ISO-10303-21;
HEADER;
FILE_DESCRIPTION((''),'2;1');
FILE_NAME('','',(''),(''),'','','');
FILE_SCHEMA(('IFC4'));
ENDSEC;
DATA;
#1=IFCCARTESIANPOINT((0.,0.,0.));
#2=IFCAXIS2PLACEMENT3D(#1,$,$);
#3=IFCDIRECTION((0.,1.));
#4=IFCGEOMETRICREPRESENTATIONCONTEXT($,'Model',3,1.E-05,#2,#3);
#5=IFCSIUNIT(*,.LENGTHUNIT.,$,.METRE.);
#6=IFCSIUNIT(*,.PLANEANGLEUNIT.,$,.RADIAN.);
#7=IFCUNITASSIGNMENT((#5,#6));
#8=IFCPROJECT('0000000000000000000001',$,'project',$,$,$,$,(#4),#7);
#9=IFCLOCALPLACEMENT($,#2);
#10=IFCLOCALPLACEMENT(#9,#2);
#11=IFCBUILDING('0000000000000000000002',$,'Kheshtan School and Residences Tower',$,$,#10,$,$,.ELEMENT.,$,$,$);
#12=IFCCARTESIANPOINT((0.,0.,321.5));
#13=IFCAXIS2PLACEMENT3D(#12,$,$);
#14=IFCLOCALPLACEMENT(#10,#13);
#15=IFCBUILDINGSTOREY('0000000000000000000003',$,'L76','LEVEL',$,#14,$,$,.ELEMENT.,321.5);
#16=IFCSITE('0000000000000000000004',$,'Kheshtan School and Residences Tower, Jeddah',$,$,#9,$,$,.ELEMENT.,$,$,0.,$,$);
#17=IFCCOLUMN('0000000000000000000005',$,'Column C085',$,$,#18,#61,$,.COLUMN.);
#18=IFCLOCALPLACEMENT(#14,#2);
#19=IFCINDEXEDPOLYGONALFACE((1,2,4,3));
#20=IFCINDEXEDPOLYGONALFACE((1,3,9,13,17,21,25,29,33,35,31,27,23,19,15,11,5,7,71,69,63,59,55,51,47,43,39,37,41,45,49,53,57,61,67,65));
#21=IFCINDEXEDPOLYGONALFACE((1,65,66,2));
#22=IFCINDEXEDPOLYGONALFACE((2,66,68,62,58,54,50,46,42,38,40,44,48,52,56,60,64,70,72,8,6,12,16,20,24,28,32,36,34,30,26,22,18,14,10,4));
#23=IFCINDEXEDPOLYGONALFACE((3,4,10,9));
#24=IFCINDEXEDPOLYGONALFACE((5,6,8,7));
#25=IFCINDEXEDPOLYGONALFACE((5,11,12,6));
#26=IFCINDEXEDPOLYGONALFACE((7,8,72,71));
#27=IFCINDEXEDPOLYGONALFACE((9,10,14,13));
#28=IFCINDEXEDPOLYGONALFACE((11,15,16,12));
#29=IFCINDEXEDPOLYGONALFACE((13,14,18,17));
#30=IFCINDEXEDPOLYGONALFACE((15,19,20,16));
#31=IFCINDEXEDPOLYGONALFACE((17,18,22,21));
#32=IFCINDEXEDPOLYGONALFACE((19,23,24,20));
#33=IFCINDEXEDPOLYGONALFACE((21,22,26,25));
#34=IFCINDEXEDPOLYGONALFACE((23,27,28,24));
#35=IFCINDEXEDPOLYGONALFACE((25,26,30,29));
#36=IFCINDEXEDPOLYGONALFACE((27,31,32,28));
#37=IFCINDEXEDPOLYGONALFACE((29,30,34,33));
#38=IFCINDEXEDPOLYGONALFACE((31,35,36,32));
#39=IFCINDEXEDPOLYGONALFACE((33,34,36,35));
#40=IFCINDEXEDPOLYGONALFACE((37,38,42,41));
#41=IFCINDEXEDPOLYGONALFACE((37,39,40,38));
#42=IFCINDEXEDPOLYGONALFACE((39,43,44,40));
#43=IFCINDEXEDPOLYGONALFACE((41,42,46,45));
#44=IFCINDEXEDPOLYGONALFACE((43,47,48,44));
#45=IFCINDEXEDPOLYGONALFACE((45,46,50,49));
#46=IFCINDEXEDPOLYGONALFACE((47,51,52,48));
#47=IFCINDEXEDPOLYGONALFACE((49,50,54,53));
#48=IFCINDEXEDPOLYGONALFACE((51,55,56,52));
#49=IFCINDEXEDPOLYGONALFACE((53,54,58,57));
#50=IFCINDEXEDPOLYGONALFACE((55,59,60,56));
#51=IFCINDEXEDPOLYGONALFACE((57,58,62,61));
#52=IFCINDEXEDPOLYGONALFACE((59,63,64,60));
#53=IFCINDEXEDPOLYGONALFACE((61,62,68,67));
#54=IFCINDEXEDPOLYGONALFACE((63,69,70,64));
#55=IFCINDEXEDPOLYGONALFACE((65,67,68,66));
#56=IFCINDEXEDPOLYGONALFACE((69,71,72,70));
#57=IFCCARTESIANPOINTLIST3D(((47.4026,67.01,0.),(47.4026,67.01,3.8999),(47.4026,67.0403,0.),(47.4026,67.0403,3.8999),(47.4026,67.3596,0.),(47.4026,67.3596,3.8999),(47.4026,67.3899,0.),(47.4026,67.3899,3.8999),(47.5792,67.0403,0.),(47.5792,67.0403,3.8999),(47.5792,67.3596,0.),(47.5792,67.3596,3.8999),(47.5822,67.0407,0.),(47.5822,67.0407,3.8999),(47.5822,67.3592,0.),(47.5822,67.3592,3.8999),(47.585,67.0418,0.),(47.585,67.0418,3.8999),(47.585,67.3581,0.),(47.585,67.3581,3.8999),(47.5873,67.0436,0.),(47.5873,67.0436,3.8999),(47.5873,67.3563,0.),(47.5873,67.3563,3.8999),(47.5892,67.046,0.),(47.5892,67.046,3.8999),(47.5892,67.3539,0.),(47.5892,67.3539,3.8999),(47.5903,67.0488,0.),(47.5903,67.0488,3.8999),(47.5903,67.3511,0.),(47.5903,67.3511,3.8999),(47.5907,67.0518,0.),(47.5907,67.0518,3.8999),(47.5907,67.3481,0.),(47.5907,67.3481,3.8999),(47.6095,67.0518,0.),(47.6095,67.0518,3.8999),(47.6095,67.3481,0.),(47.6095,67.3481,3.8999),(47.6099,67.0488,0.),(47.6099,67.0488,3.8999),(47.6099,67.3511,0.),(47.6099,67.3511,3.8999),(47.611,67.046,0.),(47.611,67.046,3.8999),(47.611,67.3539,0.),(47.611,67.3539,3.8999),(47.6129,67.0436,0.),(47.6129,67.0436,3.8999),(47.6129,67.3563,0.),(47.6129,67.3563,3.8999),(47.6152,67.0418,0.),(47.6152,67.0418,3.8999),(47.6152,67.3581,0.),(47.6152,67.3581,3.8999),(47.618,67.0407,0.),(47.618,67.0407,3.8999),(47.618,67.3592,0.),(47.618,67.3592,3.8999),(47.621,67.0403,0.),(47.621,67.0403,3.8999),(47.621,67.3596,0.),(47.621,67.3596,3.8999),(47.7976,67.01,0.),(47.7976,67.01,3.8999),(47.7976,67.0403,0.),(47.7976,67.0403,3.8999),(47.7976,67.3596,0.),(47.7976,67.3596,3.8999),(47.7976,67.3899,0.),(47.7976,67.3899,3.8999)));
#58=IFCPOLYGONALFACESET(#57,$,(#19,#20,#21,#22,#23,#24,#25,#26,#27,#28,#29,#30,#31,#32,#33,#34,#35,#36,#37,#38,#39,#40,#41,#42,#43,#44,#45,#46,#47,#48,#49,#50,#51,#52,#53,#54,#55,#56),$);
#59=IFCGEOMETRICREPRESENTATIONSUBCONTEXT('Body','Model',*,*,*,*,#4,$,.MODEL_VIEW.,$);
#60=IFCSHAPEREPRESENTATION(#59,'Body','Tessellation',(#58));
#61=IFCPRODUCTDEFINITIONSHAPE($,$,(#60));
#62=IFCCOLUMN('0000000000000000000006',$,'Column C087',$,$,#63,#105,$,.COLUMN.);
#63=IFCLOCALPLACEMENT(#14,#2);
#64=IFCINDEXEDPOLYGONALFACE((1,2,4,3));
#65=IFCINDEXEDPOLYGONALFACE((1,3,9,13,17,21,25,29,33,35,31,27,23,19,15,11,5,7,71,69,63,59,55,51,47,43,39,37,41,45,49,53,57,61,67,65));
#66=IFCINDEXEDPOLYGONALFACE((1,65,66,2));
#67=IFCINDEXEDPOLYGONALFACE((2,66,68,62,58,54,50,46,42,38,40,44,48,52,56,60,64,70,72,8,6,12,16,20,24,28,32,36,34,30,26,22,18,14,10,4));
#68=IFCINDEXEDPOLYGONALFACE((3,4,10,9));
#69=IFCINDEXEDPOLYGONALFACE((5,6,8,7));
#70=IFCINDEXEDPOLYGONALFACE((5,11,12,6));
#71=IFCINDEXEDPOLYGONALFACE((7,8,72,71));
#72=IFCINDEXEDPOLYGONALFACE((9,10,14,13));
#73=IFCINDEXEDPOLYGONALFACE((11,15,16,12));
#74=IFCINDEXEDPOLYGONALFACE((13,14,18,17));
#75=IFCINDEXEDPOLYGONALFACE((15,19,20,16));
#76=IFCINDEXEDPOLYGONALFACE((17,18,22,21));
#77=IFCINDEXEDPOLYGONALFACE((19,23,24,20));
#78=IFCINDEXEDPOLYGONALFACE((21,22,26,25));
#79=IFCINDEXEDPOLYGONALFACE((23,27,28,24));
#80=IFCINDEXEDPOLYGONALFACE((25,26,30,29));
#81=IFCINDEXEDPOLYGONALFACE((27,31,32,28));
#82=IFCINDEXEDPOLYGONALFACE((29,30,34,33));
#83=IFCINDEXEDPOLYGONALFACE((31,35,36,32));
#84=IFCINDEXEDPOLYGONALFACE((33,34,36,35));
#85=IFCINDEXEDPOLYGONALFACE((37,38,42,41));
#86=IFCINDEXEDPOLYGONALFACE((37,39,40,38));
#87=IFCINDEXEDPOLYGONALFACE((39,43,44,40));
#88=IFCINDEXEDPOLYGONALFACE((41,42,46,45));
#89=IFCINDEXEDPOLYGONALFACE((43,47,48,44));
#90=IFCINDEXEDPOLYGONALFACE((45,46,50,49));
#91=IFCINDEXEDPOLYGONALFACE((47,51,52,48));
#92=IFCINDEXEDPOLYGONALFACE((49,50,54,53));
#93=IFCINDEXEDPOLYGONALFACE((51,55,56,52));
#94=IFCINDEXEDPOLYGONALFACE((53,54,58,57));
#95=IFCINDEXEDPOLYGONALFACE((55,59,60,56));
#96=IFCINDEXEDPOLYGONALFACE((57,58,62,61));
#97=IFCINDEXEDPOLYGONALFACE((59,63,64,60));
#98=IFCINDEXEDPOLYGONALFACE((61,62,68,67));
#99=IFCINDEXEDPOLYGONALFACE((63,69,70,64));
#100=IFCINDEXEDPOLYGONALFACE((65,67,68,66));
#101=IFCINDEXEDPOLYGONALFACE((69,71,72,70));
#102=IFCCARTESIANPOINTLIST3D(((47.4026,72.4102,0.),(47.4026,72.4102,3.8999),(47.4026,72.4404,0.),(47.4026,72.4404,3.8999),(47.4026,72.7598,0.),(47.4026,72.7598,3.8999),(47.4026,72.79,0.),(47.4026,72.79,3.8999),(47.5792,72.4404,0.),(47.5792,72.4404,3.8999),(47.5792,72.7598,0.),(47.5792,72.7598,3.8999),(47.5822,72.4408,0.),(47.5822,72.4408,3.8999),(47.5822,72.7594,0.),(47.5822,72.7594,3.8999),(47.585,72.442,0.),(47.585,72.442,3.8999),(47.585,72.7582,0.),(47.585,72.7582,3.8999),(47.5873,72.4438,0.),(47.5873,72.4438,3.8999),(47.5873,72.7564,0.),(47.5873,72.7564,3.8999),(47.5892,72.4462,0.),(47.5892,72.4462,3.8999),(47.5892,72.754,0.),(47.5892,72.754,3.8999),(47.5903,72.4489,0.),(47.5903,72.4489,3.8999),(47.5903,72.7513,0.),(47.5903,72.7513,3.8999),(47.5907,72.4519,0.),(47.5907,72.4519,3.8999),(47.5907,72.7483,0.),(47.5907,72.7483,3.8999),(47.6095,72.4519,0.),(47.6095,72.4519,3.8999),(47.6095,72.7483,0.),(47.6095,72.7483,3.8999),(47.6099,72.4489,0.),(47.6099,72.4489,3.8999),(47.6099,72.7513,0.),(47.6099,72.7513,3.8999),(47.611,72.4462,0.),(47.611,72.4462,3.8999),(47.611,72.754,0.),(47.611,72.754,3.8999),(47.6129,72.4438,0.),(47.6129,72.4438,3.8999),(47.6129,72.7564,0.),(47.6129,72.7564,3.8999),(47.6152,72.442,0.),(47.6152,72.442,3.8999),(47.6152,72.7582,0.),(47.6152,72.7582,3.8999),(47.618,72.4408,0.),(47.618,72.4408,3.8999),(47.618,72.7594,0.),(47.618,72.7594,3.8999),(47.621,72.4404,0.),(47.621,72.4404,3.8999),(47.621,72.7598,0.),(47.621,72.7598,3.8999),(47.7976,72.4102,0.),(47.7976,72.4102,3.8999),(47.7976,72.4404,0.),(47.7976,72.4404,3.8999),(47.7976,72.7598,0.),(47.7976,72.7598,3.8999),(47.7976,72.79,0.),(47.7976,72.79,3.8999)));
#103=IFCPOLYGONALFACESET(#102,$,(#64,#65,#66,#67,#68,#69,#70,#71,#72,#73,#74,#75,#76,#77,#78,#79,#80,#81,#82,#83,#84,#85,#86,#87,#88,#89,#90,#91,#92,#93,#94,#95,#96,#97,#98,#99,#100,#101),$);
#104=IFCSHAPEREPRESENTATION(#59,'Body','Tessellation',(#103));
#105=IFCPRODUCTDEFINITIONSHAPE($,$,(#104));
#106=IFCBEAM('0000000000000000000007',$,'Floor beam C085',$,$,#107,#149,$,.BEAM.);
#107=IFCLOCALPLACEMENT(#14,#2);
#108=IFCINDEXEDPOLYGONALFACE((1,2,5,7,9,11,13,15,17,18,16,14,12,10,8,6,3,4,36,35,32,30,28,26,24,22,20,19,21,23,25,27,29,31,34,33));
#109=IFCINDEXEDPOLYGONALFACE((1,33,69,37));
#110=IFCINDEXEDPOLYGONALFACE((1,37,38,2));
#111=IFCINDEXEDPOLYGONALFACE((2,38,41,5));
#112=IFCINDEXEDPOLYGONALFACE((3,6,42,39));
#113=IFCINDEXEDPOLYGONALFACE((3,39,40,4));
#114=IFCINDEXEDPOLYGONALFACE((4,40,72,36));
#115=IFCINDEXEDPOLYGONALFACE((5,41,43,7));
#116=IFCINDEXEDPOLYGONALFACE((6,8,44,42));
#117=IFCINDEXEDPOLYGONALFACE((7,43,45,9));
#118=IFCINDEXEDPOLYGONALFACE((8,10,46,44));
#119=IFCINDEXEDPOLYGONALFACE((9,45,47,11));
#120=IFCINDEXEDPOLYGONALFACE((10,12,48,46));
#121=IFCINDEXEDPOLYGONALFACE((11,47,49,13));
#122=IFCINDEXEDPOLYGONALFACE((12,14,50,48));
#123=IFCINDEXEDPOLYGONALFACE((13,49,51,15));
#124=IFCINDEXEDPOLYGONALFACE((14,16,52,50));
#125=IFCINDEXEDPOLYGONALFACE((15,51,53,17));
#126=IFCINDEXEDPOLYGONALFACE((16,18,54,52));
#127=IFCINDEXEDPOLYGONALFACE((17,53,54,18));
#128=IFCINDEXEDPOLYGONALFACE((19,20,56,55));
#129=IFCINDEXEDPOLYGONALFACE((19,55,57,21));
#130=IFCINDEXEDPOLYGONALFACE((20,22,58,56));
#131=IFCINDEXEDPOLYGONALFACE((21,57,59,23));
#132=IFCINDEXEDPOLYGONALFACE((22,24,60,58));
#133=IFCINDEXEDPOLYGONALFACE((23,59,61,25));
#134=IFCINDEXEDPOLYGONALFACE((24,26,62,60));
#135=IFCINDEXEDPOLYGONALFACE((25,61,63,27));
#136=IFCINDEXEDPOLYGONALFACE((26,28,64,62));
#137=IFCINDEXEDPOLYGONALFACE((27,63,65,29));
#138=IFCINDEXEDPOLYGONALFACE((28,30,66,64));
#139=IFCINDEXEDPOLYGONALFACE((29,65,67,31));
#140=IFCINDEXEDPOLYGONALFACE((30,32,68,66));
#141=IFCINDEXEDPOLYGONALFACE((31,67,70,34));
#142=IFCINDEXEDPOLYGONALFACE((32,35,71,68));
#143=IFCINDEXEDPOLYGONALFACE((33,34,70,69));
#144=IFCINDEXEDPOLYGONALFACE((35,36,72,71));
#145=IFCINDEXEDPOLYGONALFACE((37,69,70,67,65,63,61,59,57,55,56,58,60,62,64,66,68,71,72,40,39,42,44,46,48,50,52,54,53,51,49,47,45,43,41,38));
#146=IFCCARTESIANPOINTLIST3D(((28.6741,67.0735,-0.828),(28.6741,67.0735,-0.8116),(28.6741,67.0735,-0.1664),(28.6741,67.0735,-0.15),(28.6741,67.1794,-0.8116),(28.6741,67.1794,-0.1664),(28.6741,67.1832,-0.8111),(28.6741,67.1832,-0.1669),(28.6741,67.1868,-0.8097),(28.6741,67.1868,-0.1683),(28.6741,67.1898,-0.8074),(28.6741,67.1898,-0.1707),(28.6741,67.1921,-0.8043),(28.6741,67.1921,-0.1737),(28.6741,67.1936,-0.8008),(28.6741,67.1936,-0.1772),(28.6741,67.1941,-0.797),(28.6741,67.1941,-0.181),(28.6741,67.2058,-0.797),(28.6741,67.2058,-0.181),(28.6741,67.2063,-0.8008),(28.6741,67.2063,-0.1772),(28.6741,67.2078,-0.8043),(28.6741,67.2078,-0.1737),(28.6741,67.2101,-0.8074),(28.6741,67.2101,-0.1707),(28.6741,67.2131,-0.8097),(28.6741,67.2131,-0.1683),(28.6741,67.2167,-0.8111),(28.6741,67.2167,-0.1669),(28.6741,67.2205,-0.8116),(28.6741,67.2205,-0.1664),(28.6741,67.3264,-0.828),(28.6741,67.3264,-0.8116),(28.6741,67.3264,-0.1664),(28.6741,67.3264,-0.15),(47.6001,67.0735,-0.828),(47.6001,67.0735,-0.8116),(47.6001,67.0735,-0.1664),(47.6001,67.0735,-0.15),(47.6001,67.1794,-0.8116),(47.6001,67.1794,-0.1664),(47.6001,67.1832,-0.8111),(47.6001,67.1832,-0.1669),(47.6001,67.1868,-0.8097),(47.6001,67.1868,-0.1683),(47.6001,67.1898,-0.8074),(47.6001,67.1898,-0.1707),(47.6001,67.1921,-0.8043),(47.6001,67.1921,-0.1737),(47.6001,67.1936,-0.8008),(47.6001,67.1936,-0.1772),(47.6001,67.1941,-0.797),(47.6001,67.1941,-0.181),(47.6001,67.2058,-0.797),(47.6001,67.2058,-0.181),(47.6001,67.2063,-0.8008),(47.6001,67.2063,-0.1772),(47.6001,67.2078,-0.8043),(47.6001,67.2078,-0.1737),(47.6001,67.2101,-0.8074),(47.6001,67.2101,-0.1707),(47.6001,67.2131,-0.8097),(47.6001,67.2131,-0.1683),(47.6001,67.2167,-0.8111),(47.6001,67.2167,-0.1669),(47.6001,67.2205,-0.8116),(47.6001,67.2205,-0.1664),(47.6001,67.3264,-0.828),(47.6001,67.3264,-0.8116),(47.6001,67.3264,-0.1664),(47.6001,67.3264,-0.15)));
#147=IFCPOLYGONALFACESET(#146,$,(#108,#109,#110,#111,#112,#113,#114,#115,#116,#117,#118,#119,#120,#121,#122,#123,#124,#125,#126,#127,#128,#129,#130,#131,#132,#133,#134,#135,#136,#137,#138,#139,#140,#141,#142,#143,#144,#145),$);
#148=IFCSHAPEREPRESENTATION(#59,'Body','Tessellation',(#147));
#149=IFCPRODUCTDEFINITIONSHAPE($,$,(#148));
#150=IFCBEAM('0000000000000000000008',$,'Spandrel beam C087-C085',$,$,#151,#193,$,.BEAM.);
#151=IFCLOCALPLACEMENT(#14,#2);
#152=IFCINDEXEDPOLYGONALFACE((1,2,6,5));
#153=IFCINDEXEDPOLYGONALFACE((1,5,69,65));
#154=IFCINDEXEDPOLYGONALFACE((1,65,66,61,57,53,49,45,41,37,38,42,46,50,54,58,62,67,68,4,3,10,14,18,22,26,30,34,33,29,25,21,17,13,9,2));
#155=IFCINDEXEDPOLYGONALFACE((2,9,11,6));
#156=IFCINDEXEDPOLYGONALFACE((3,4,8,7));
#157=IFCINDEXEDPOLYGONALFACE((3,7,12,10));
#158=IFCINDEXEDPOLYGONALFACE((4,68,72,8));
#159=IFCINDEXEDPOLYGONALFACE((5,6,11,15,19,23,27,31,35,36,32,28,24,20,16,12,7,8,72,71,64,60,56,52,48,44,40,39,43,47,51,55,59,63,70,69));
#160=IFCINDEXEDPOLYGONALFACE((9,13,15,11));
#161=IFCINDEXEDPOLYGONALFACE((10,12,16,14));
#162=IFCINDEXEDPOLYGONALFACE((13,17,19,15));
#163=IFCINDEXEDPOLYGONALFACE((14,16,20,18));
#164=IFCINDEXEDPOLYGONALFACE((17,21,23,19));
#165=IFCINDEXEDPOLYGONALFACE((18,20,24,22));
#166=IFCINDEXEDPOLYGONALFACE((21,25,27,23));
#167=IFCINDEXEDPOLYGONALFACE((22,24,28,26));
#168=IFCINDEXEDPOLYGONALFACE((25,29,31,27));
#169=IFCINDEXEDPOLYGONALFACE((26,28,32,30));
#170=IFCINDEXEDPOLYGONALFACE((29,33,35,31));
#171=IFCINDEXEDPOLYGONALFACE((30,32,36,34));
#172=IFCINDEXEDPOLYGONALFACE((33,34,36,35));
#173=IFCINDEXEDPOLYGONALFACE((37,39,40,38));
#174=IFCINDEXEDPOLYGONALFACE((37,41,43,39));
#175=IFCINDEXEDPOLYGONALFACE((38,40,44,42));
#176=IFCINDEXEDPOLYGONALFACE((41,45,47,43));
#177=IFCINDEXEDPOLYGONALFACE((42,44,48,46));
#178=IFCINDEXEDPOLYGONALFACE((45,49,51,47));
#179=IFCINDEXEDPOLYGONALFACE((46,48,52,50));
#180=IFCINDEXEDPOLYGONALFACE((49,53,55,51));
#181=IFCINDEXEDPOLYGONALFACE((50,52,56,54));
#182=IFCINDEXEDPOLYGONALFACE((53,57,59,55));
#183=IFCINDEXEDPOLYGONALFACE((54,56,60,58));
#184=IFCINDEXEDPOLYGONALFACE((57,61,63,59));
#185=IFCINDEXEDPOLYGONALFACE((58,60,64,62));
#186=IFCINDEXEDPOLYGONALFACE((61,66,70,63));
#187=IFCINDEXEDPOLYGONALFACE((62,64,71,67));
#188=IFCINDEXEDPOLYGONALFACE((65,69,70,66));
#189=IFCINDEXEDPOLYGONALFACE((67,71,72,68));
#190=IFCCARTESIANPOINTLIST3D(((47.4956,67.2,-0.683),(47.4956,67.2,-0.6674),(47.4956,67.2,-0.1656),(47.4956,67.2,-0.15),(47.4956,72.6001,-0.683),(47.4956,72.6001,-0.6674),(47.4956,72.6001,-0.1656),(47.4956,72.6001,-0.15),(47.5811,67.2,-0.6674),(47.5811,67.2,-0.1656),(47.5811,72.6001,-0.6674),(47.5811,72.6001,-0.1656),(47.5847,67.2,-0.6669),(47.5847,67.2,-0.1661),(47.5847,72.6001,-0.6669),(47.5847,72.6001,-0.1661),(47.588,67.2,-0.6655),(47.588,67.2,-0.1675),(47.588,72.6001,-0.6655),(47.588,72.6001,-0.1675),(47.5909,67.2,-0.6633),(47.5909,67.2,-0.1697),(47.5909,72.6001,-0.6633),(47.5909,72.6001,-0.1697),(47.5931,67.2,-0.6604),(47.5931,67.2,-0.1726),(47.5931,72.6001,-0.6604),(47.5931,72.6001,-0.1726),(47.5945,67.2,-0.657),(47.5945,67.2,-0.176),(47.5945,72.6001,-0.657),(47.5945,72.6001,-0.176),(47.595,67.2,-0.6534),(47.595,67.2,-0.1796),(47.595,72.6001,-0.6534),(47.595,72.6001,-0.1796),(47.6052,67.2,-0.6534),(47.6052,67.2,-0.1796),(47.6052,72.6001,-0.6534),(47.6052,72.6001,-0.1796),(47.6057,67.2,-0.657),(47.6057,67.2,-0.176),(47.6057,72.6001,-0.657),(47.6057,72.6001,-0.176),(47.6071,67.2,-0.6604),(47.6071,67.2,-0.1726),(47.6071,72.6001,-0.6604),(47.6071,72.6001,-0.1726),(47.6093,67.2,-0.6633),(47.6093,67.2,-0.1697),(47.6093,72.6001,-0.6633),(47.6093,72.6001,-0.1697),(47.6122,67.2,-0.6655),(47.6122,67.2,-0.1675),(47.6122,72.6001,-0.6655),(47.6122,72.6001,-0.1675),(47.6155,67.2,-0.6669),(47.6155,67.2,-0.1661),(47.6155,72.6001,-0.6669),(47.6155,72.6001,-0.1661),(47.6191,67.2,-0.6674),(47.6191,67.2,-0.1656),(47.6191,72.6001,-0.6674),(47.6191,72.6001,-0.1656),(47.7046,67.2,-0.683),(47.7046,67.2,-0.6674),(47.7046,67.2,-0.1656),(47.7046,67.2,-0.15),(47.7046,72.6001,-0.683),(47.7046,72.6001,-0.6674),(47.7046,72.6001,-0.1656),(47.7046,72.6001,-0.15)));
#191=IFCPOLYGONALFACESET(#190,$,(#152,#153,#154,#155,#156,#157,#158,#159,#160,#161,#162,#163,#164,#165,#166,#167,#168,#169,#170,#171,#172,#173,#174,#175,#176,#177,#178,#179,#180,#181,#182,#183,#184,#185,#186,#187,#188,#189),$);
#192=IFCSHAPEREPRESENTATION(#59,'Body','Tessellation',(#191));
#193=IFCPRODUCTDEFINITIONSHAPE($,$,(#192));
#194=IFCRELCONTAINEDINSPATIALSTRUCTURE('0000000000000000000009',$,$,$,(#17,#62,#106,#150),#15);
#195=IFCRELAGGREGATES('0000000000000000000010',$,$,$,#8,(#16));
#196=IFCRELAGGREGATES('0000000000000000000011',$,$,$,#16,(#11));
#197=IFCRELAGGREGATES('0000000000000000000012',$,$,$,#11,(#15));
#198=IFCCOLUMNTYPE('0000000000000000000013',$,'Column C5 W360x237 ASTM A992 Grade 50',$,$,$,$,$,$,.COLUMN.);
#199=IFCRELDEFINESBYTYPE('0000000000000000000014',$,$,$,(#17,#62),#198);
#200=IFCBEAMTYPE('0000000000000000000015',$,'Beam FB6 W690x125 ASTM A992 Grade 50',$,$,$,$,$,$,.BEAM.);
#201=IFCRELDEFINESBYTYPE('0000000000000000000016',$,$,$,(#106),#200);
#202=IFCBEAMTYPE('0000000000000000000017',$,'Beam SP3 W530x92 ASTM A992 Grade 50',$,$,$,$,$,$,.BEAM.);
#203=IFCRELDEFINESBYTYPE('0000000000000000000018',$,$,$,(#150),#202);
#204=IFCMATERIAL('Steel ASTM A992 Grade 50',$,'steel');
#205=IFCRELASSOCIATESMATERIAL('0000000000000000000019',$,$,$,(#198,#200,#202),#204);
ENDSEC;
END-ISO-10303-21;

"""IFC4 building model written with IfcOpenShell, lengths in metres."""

from ifc_helpers import new_model, si_unit, direction, frame, origin, origin_2d, place, context, subcontext, project, spatial, i_section, extrude, material, material_profile, profile_set, type_object, element, save


model = new_model("IFC4")

# Units and contexts
model_context = context("Model", 3, precision=1e-05, world=origin(), true_north=direction((0.0, 1.0)))
body_context = subcontext(model_context, "Body", "Model", "MODEL_VIEW")
ifc_project = project(units=[si_unit("LENGTHUNIT", "METRE"), si_unit("PLANEANGLEUNIT", "RADIAN")], contexts=[model_context])

# Site, building, storey
site_placement = place(None, origin())
site = spatial("IfcSite", under=ifc_project, at=site_placement, Name="Kheshtan School and Residences Tower, Jeddah", CompositionType="ELEMENT", RefElevation=0.0)
building_placement = place(site_placement, origin())
building = spatial("IfcBuilding", under=site, at=building_placement, Name="Kheshtan School and Residences Tower", CompositionType="ELEMENT")
storey_placement = place(building_placement, frame((0.0, 0.0, 321.5)))
storey = spatial("IfcBuildingStorey", under=building, at=storey_placement, Name="L76", Description="LEVEL", CompositionType="ELEMENT", Elevation=321.5)

# Columns
ifc_material_1 = material(Name="Steel ASTM A992 Grade 50", Category="steel")
ifc_material_profile_1 = material_profile(ifc_material_1, i_section(OverallWidth=0.395, OverallDepth=0.3799, WebThickness=0.0188, FlangeThickness=0.0303, FilletRadius=0.0115, at=origin_2d()), Name="W360x237")
ifc_profile_set_1 = profile_set([ifc_material_profile_1], Name="Steel ASTM A992 Grade 50")
column_type = type_object("IfcColumnType", Name="Column C5 W360x237 ASTM A992 Grade 50", PredefinedType="COLUMN", material=ifc_profile_set_1)
for number, where, z_axis, x_axis, name in (
    (1, (47.6001, 67.2, 0.0), (0.0, 0.0, 1.0), (1.0, 0.0, 0.0), "Column C085"),
    (2, (47.6001, 72.6001, 0.0), (0.0, 0.0, 1.0), (1.0, 0.0, 0.0), "Column C087"),
):
    element("IfcColumn", number, at=place(storey_placement, frame(where, z_axis=z_axis, x_axis=x_axis)), inside=storey, type_object=column_type, Name=name, PredefinedType="COLUMN", context=body_context, shape_type="SweptSolid", body=[
        extrude(i_section(OverallWidth=0.395, OverallDepth=0.3799, WebThickness=0.0188, FlangeThickness=0.0303, FilletRadius=0.0115, at=origin_2d()), origin(), (0.0, 0.0, 1.0), 3.8999),
    ])

# Beams
ifc_material_profile_2 = material_profile(ifc_material_1, i_section(OverallWidth=0.2529, OverallDepth=0.678, WebThickness=0.0117, FlangeThickness=0.0164, FilletRadius=0.0146, at=origin_2d()), Name="W690x125")
ifc_profile_set_2 = profile_set([ifc_material_profile_2], Name="Steel ASTM A992 Grade 50")
beam_type_1 = type_object("IfcBeamType", Name="Beam FB6 W690x125 ASTM A992 Grade 50", PredefinedType="BEAM", material=ifc_profile_set_2)
beam_1_placement = place(storey_placement, frame((47.6001, 67.2, -0.489), z_axis=(-1.0, 0.0, 0.0), x_axis=(0.0, -1.0, 0.0)))
element("IfcBeam", 3, at=beam_1_placement, inside=storey, type_object=beam_type_1, Name="Floor beam C085", PredefinedType="BEAM", context=body_context, shape_type="SweptSolid", body=[
    extrude(i_section(OverallWidth=0.2529, OverallDepth=0.678, WebThickness=0.0117, FlangeThickness=0.0164, FilletRadius=0.0146, at=origin_2d()), origin(), (0.0, 0.0, 1.0), 18.926),
])
ifc_material_profile_3 = material_profile(ifc_material_1, i_section(OverallWidth=0.209, OverallDepth=0.533, WebThickness=0.0103, FlangeThickness=0.0156, FilletRadius=0.0139, at=origin_2d()), Name="W530x92")
ifc_profile_set_3 = profile_set([ifc_material_profile_3], Name="Steel ASTM A992 Grade 50")
beam_type_2 = type_object("IfcBeamType", Name="Beam SP3 W530x92 ASTM A992 Grade 50", PredefinedType="BEAM", material=ifc_profile_set_3)
beam_2_placement = place(storey_placement, frame((47.6001, 72.6001, -0.4165), z_axis=(0.0, -1.0, 0.0), x_axis=(1.0, 0.0, 0.0)))
element("IfcBeam", 4, at=beam_2_placement, inside=storey, type_object=beam_type_2, Name="Spandrel beam C087-C085", PredefinedType="BEAM", context=body_context, shape_type="SweptSolid", body=[
    extrude(i_section(OverallWidth=0.209, OverallDepth=0.533, WebThickness=0.0103, FlangeThickness=0.0156, FilletRadius=0.0139, at=origin_2d()), origin(), (0.0, 0.0, 1.0), 5.4001),
])

save(model, "model.ifc")
